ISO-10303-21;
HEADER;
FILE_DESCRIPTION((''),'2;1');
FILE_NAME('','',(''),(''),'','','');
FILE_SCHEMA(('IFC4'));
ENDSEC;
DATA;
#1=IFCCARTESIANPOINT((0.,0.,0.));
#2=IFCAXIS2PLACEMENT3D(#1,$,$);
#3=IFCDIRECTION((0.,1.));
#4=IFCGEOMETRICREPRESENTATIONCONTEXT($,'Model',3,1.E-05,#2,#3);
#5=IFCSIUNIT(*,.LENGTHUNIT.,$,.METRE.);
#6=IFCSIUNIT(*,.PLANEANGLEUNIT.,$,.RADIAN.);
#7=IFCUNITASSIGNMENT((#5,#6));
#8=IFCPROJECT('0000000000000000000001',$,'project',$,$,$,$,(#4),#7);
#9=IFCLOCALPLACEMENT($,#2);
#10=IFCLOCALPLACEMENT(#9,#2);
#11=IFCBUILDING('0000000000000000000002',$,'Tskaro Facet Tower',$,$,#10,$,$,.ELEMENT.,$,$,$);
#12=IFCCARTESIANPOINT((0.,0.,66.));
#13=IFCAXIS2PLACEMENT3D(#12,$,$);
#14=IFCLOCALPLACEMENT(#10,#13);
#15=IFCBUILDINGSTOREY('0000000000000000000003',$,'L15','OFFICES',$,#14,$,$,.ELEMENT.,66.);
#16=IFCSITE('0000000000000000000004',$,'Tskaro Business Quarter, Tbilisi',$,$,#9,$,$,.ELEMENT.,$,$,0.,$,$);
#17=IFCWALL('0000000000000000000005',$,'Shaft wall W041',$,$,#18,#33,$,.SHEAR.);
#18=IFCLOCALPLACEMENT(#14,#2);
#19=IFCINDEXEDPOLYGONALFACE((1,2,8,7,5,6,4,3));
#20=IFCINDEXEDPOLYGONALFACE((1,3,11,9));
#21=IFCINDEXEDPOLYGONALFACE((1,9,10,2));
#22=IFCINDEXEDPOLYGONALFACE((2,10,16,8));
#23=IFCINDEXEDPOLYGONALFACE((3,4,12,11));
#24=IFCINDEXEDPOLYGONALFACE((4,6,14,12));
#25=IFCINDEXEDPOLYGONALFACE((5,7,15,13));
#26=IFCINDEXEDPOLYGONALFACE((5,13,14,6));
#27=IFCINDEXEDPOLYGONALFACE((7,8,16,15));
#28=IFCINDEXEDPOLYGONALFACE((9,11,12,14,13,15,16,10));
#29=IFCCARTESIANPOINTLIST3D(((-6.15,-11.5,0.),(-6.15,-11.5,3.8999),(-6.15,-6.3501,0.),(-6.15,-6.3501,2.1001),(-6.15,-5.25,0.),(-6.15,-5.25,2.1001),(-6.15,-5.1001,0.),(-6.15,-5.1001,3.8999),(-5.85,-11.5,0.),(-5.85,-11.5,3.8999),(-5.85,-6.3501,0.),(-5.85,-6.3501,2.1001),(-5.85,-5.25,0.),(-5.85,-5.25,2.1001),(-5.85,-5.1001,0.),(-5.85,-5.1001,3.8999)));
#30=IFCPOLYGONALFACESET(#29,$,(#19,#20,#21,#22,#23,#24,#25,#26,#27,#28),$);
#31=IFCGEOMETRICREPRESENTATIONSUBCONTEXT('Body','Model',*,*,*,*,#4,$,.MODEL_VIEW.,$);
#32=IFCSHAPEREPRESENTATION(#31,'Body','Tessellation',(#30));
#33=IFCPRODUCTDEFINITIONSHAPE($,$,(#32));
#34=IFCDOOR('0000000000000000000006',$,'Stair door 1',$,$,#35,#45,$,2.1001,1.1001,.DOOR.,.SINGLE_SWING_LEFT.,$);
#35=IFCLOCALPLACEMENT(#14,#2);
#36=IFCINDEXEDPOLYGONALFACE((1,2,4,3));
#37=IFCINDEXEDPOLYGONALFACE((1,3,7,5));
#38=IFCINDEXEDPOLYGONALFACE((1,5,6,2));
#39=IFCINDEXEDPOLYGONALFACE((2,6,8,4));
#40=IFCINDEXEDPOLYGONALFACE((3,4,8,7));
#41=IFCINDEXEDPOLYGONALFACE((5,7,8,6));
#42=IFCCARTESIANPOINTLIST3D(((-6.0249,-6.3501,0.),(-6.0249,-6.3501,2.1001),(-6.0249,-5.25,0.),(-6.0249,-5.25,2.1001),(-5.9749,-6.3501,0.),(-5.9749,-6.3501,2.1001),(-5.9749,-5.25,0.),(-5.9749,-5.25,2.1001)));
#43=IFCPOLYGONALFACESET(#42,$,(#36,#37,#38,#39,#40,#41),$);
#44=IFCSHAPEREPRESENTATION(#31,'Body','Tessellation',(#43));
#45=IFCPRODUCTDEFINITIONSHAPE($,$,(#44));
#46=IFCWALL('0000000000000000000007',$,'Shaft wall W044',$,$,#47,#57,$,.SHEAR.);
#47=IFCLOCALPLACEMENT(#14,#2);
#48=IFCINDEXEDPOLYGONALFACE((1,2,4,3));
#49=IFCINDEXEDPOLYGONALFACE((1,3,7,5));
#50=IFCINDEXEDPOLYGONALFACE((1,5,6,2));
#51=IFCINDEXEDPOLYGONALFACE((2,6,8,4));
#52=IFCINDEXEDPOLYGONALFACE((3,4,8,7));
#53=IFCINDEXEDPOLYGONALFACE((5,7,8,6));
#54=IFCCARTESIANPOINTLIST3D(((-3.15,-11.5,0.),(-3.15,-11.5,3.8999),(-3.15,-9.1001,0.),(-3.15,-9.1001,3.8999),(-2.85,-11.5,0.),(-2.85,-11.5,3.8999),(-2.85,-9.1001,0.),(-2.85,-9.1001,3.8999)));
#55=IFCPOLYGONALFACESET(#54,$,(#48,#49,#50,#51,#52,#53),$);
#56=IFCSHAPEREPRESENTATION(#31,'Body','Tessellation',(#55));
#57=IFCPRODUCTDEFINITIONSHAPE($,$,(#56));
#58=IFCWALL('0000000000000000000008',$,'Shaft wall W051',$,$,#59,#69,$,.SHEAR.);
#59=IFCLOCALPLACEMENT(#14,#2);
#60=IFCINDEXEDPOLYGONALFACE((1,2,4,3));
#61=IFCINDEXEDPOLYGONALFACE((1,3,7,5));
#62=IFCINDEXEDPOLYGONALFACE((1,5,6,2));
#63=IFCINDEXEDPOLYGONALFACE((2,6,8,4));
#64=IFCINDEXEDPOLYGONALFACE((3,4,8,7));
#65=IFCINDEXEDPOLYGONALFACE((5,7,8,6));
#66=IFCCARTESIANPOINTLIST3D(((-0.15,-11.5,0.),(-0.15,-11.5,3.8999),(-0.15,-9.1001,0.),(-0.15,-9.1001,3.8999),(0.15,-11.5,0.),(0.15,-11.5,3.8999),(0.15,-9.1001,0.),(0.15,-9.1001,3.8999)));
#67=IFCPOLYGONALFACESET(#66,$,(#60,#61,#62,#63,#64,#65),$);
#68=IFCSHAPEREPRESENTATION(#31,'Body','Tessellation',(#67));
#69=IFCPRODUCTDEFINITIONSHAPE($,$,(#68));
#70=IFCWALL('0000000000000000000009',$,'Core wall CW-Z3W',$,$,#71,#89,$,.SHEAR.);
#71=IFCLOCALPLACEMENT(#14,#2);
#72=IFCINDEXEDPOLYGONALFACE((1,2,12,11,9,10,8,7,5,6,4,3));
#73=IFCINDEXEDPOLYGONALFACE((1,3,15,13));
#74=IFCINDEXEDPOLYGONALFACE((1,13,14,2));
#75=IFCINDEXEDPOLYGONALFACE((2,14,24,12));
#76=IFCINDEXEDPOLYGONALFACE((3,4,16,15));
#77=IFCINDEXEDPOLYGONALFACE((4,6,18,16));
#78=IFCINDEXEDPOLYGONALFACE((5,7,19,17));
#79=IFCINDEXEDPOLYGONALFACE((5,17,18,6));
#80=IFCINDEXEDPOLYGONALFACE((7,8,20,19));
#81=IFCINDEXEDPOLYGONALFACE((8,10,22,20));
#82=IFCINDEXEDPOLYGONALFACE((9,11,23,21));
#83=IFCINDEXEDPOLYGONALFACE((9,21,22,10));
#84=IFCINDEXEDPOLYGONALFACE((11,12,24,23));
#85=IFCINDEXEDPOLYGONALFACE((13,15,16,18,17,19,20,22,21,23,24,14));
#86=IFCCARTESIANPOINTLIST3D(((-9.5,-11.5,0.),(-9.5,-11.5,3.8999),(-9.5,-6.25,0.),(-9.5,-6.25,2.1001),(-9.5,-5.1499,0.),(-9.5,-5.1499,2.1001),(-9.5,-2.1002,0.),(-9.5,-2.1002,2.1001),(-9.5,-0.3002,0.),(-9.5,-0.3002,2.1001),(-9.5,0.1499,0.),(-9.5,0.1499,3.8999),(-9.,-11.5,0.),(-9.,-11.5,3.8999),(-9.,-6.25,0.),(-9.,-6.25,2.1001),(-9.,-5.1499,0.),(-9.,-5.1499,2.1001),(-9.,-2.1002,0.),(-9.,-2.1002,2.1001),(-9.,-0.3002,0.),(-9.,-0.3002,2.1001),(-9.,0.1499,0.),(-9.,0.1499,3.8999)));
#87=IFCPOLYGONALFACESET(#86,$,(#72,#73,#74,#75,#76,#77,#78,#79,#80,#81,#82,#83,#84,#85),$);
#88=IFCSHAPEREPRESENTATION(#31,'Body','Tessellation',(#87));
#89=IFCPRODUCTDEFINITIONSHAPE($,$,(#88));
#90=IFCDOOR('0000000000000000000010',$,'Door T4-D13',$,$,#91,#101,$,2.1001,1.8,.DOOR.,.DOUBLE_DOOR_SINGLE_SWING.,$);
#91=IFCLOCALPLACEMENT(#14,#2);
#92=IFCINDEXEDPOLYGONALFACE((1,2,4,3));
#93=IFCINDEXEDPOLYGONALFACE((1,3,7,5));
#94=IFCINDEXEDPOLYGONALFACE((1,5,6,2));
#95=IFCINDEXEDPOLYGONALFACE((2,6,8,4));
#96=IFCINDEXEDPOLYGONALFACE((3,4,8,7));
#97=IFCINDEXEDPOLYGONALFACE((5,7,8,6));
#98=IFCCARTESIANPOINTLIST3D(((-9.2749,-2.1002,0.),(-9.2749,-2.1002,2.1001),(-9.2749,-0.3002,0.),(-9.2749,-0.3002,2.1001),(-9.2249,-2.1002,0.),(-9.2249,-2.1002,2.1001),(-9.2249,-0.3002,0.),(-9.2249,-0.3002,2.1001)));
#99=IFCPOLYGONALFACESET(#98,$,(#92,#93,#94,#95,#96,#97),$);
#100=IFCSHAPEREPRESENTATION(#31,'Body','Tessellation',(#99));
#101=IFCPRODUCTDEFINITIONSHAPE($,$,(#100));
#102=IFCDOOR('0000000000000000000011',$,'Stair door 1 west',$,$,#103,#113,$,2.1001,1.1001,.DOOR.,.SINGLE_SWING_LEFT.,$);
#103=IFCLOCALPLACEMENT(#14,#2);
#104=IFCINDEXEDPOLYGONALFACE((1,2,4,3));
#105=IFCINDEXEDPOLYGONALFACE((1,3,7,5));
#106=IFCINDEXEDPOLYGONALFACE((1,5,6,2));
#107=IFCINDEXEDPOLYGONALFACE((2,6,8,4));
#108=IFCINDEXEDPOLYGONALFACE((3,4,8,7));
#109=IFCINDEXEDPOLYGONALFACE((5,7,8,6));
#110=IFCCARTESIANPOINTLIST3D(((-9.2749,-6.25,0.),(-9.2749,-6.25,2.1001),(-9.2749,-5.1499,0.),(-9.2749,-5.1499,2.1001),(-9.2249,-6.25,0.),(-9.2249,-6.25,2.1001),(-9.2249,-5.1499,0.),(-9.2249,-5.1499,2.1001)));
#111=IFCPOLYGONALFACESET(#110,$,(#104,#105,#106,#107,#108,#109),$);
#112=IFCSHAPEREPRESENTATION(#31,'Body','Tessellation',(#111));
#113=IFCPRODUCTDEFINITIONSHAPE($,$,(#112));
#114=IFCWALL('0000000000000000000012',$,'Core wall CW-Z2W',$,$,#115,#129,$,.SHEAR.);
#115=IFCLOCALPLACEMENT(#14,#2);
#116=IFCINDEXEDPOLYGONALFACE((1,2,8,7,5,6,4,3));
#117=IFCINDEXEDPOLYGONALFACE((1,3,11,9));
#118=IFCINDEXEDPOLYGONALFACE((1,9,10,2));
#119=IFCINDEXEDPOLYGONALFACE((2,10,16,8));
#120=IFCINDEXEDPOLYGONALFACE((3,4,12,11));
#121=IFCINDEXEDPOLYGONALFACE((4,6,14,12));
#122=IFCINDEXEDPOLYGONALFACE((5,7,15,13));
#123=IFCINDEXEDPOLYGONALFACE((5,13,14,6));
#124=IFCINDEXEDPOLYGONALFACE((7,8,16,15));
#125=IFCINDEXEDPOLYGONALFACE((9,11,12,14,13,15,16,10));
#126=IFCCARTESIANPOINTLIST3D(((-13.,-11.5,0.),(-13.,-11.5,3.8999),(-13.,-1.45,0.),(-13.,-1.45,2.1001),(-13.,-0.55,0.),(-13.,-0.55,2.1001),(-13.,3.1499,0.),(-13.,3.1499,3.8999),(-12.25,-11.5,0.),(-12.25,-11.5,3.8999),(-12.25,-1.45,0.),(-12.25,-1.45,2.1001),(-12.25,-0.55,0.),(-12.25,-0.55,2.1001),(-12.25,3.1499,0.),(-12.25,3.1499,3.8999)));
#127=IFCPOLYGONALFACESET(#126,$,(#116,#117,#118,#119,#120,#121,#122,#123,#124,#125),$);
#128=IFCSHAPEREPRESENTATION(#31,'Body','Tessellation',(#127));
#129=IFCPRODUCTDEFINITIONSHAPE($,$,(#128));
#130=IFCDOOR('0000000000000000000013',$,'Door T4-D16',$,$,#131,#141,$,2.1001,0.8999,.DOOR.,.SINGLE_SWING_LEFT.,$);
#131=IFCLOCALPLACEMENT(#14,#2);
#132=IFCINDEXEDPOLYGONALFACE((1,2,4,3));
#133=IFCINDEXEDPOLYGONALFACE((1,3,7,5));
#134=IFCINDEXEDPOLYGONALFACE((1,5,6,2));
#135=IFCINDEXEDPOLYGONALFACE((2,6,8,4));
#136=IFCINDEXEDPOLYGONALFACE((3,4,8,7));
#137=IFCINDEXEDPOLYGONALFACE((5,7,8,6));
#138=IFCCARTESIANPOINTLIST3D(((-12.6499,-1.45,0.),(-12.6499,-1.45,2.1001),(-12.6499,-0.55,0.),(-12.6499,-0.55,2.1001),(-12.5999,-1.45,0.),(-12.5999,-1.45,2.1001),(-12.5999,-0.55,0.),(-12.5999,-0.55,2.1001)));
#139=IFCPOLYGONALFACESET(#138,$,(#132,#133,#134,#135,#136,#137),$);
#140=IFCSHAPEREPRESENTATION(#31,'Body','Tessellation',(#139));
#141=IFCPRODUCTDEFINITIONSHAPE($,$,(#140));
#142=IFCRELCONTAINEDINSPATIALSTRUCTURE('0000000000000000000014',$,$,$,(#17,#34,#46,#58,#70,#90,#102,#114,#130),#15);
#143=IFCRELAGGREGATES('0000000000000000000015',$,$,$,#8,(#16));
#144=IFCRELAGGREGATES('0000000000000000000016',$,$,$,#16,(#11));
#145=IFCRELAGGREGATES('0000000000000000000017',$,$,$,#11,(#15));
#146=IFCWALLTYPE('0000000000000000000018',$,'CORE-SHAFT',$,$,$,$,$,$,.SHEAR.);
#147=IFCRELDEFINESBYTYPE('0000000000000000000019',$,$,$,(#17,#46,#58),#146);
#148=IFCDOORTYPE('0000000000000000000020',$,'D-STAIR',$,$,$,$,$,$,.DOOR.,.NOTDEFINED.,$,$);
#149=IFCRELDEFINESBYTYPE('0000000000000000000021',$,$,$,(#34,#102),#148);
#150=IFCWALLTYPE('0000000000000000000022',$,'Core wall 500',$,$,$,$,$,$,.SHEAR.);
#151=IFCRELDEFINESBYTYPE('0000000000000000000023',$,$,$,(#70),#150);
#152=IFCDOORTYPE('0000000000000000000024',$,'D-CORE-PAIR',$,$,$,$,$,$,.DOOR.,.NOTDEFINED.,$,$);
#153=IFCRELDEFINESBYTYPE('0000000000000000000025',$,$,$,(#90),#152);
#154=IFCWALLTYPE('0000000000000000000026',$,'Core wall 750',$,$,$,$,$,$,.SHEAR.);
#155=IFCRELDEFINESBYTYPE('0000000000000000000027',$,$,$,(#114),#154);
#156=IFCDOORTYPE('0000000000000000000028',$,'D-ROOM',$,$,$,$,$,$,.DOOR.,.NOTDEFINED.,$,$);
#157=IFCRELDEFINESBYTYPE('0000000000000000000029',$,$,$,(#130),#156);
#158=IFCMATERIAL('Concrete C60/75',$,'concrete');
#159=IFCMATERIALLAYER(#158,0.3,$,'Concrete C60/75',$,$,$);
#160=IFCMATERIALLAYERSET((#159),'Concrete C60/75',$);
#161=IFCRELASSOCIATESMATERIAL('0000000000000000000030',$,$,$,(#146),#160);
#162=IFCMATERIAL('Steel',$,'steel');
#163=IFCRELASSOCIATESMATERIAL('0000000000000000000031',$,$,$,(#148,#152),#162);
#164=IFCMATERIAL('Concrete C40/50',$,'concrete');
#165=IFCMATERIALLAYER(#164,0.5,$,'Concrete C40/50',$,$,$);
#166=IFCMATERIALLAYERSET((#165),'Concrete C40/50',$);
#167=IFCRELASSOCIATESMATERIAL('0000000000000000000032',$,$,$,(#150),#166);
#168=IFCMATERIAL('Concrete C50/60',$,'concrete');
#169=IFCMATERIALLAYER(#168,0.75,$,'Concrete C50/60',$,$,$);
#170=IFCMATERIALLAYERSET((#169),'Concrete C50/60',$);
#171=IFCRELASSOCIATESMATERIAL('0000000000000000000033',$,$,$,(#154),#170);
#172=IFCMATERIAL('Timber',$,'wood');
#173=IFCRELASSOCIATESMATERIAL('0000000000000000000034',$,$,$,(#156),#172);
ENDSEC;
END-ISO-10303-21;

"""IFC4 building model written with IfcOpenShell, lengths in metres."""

from ifc_helpers import new_model, si_unit, direction, frame, frame_2d, origin, place, context, subcontext, project, spatial, rectangle, extrude, material, layer, layer_set, type_object, element, fill, save


model = new_model("IFC4")

# Units and contexts
model_context = context("Model", 3, precision=1e-05, world=origin(), true_north=direction((0.0, 1.0)))
body_context = subcontext(model_context, "Body", "Model", "MODEL_VIEW")
ifc_project = project(units=[si_unit("LENGTHUNIT", "METRE"), si_unit("PLANEANGLEUNIT", "RADIAN")], contexts=[model_context])

# Site, building, storey
site_placement = place(None, origin())
site = spatial("IfcSite", under=ifc_project, at=site_placement, Name="Tskaro Business Quarter, Tbilisi", CompositionType="ELEMENT", RefElevation=0.0)
building_placement = place(site_placement, origin())
building = spatial("IfcBuilding", under=site, at=building_placement, Name="Tskaro Facet Tower", CompositionType="ELEMENT")
storey_placement = place(building_placement, frame((0.0, 0.0, 66.0)))
storey = spatial("IfcBuildingStorey", under=building, at=storey_placement, Name="L15", Description="OFFICES", CompositionType="ELEMENT", Elevation=66.0)

# Shared definitions
ifc_material_1 = material(Name="Concrete C60/75", Category="concrete")
ifc_layer_1 = layer(ifc_material_1, 0.3, Name="Concrete C60/75")
ifc_layer_set_1 = layer_set([ifc_layer_1], Name="Concrete C60/75")
wall_type_1 = type_object("IfcWallType", Name="CORE-SHAFT", PredefinedType="SHEAR", material=ifc_layer_set_1)

# Wall, opening, door
wall_1_placement = place(storey_placement, frame((-6.0, -11.5, 0.0), z_axis=(0.0, 0.0, 1.0), x_axis=(0.0, 1.0, 0.0)))
wall_1 = element("IfcWall", 1, at=wall_1_placement, inside=storey, type_object=wall_type_1, Name="Shaft wall W041", PredefinedType="SHEAR", context=body_context, shape_type="SweptSolid", body=[
    extrude(rectangle(XDim=6.3999, YDim=0.3, at=frame_2d((3.2, 0.0))), origin(), (0.0, 0.0, 1.0), 3.8999),
])
opening_1_placement = place(wall_1_placement, frame((5.1499, 0.0, 0.0)))
opening_1 = element("IfcOpeningElement", 2, at=opening_1_placement, cuts=wall_1, PredefinedType="OPENING", context=body_context, shape_type="SweptSolid", body=[
    extrude(rectangle(XDim=1.1001, YDim=2.1001, at=frame_2d((0.55, 1.05))), frame((0.0, 0.1599, 0.0), z_axis=(0.0, -1.0, 0.0), x_axis=(1.0, 0.0, 0.0)), (0.0, 0.0, 1.0), 0.3201),
])
ifc_material_2 = material(Name="Steel", Category="steel")
door_type_1 = type_object("IfcDoorType", Name="D-STAIR", OperationType="NOTDEFINED", PredefinedType="DOOR", material=ifc_material_2)
door_1_placement = place(opening_1_placement, origin())
door_1 = element("IfcDoor", 3, at=door_1_placement, inside=storey, type_object=door_type_1, Name="Stair door 1", OperationType="SINGLE_SWING_LEFT", OverallHeight=2.1001, OverallWidth=1.1001, PredefinedType="DOOR", context=body_context, shape_type="SweptSolid", body=[
    extrude(rectangle(XDim=1.1001, YDim=2.1001, at=frame_2d((0.55, 1.05))), frame((0.0, 0.0249, 0.0), z_axis=(0.0, -1.0, 0.0), x_axis=(1.0, 0.0, 0.0)), (0.0, 0.0, 1.0), 0.05),
])
fill(opening_1, door_1)

# Walls
for number, where, z_axis, x_axis, name in (
    (4, (-3.0, -11.5, 0.0), (0.0, 0.0, 1.0), (0.0, 1.0, 0.0), "Shaft wall W044"),
    (5, (0.0, -11.5, 0.0), (0.0, 0.0, 1.0), (0.0, 1.0, 0.0), "Shaft wall W051"),
):
    element("IfcWall", number, at=place(storey_placement, frame(where, z_axis=z_axis, x_axis=x_axis)), inside=storey, type_object=wall_type_1, Name=name, PredefinedType="SHEAR", context=body_context, shape_type="SweptSolid", body=[
        extrude(rectangle(XDim=2.3999, YDim=0.3, at=frame_2d((1.2, 0.0))), origin(), (0.0, 0.0, 1.0), 3.8999),
    ])

# Wall, openings, doors
ifc_material_3 = material(Name="Concrete C40/50", Category="concrete")
ifc_layer_2 = layer(ifc_material_3, 0.5, Name="Concrete C40/50")
ifc_layer_set_2 = layer_set([ifc_layer_2], Name="Concrete C40/50")
wall_type_2 = type_object("IfcWallType", Name="Core wall 500", PredefinedType="SHEAR", material=ifc_layer_set_2)
wall_2_placement = place(storey_placement, frame((-9.25, -11.5, 0.0), z_axis=(0.0, 0.0, 1.0), x_axis=(0.0, 1.0, 0.0)))
wall_2 = element("IfcWall", 6, at=wall_2_placement, inside=storey, type_object=wall_type_2, Name="Core wall CW-Z3W", PredefinedType="SHEAR", context=body_context, shape_type="SweptSolid", body=[
    extrude(rectangle(XDim=11.6499, YDim=0.5, at=frame_2d((5.825, 0.0))), origin(), (0.0, 0.0, 1.0), 3.8999),
])
opening_2_placement = place(wall_2_placement, frame((9.3999, 0.0, 0.0)))
opening_2 = element("IfcOpeningElement", 7, at=opening_2_placement, cuts=wall_2, PredefinedType="OPENING", context=body_context, shape_type="SweptSolid", body=[
    extrude(rectangle(XDim=1.8, YDim=2.1001, at=frame_2d((0.8999, 1.05))), frame((0.0, 0.26, 0.0), z_axis=(0.0, -1.0, 0.0), x_axis=(1.0, 0.0, 0.0)), (0.0, 0.0, 1.0), 0.52),
])
opening_3_placement = place(wall_2_placement, frame((5.25, 0.0, 0.0)))
opening_3 = element("IfcOpeningElement", 8, at=opening_3_placement, cuts=wall_2, PredefinedType="OPENING", context=body_context, shape_type="SweptSolid", body=[
    extrude(rectangle(XDim=1.1001, YDim=2.1001, at=frame_2d((0.55, 1.05))), frame((0.0, 0.26, 0.0), z_axis=(0.0, -1.0, 0.0), x_axis=(1.0, 0.0, 0.0)), (0.0, 0.0, 1.0), 0.52),
])
door_type_2 = type_object("IfcDoorType", Name="D-CORE-PAIR", OperationType="NOTDEFINED", PredefinedType="DOOR", material=ifc_material_2)
door_2_placement = place(opening_2_placement, origin())
door_2 = element("IfcDoor", 9, at=door_2_placement, inside=storey, type_object=door_type_2, Name="Door T4-D13", OperationType="DOUBLE_DOOR_SINGLE_SWING", OverallHeight=2.1001, OverallWidth=1.8, PredefinedType="DOOR", context=body_context, shape_type="SweptSolid", body=[
    extrude(rectangle(XDim=1.8, YDim=2.1001, at=frame_2d((0.8999, 1.05))), frame((0.0, 0.0249, 0.0), z_axis=(0.0, -1.0, 0.0), x_axis=(1.0, 0.0, 0.0)), (0.0, 0.0, 1.0), 0.05),
])
fill(opening_2, door_2)
door_3_placement = place(opening_3_placement, origin())
door_3 = element("IfcDoor", 10, at=door_3_placement, inside=storey, type_object=door_type_1, Name="Stair door 1 west", OperationType="SINGLE_SWING_LEFT", OverallHeight=2.1001, OverallWidth=1.1001, PredefinedType="DOOR", context=body_context, shape_type="SweptSolid", body=[
    extrude(rectangle(XDim=1.1001, YDim=2.1001, at=frame_2d((0.55, 1.05))), frame((0.0, 0.0249, 0.0), z_axis=(0.0, -1.0, 0.0), x_axis=(1.0, 0.0, 0.0)), (0.0, 0.0, 1.0), 0.05),
])
fill(opening_3, door_3)

# Wall, opening, door
ifc_material_4 = material(Name="Concrete C50/60", Category="concrete")
ifc_layer_3 = layer(ifc_material_4, 0.75, Name="Concrete C50/60")
ifc_layer_set_3 = layer_set([ifc_layer_3], Name="Concrete C50/60")
wall_type_3 = type_object("IfcWallType", Name="Core wall 750", PredefinedType="SHEAR", material=ifc_layer_set_3)
wall_3_placement = place(storey_placement, frame((-12.625, -11.5, 0.0), z_axis=(0.0, 0.0, 1.0), x_axis=(0.0, 1.0, 0.0)))
wall_3 = element("IfcWall", 11, at=wall_3_placement, inside=storey, type_object=wall_type_3, Name="Core wall CW-Z2W", PredefinedType="SHEAR", context=body_context, shape_type="SweptSolid", body=[
    extrude(rectangle(XDim=14.6499, YDim=0.75, at=frame_2d((7.325, 0.0))), origin(), (0.0, 0.0, 1.0), 3.8999),
])
opening_4_placement = place(wall_3_placement, frame((10.05, 0.0, 0.0)))
opening_4 = element("IfcOpeningElement", 12, at=opening_4_placement, cuts=wall_3, PredefinedType="OPENING", context=body_context, shape_type="SweptSolid", body=[
    extrude(rectangle(XDim=0.8999, YDim=2.1001, at=frame_2d((0.45, 1.05))), frame((0.0, 0.385, 0.0), z_axis=(0.0, -1.0, 0.0), x_axis=(1.0, 0.0, 0.0)), (0.0, 0.0, 1.0), 0.77),
])
ifc_material_5 = material(Name="Timber", Category="wood")
door_type_3 = type_object("IfcDoorType", Name="D-ROOM", OperationType="NOTDEFINED", PredefinedType="DOOR", material=ifc_material_5)
door_4_placement = place(opening_4_placement, origin())
door_4 = element("IfcDoor", 13, at=door_4_placement, inside=storey, type_object=door_type_3, Name="Door T4-D16", OperationType="SINGLE_SWING_LEFT", OverallHeight=2.1001, OverallWidth=0.8999, PredefinedType="DOOR", context=body_context, shape_type="SweptSolid", body=[
    extrude(rectangle(XDim=0.8999, YDim=2.1001, at=frame_2d((0.45, 1.05))), frame((0.0, 0.0249, 0.0), z_axis=(0.0, -1.0, 0.0), x_axis=(1.0, 0.0, 0.0)), (0.0, 0.0, 1.0), 0.05),
])
fill(opening_4, door_4)

save(model, "model.ifc")
